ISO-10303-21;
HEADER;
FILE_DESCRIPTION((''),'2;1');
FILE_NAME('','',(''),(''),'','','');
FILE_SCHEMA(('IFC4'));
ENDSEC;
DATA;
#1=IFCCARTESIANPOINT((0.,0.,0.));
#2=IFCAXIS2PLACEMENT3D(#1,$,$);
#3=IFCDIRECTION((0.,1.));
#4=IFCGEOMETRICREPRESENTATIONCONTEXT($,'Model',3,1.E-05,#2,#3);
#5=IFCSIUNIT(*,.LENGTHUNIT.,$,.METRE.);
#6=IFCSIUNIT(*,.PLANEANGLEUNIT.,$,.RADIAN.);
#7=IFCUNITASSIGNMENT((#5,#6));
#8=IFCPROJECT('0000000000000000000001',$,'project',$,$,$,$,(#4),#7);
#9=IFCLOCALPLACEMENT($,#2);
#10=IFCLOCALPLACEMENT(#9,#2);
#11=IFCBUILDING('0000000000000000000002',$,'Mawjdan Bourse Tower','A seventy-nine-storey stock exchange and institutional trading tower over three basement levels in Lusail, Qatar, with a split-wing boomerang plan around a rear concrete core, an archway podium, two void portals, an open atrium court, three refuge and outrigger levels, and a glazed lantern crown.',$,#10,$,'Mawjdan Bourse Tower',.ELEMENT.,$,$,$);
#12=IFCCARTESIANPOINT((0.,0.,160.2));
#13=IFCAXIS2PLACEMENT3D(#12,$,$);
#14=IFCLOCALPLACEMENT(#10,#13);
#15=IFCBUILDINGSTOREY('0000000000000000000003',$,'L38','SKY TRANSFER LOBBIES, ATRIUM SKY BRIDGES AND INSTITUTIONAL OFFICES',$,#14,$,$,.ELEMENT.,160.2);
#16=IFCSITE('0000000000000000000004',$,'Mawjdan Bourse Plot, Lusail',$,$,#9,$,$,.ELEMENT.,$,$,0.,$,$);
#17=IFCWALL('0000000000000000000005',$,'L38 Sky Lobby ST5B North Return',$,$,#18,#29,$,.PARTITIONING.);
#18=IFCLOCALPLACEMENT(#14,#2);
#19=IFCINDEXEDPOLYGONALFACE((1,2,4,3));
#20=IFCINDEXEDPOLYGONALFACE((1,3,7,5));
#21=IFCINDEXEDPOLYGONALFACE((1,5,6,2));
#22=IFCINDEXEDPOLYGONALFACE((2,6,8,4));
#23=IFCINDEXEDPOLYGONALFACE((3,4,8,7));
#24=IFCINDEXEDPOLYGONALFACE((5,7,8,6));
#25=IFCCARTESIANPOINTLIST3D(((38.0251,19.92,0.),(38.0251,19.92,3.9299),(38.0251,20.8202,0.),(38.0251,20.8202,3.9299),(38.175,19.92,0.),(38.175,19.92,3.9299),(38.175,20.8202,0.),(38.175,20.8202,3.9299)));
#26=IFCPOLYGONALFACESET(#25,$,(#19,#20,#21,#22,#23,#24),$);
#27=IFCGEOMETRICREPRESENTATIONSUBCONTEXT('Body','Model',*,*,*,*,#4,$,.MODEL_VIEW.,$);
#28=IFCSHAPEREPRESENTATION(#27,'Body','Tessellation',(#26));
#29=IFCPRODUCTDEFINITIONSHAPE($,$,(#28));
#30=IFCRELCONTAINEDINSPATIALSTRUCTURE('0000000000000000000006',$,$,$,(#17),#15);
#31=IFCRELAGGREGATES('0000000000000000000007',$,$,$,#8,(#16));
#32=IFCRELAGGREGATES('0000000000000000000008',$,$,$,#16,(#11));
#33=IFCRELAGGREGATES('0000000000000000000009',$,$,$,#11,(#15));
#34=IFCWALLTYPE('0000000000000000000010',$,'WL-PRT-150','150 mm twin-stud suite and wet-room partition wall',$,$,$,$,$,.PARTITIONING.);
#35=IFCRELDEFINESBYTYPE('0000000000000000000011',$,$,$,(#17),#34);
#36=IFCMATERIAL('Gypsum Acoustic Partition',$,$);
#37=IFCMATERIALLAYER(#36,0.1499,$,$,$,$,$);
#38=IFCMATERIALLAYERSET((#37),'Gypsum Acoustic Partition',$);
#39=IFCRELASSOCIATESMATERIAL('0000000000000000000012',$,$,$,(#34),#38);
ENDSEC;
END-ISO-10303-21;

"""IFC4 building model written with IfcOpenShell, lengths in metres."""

from ifc_helpers import new_model, si_unit, direction, frame, frame_2d, origin, place, context, subcontext, project, spatial, rectangle, extrude, material, layer, layer_set, type_object, element, save


model = new_model("IFC4")

# Units and contexts
model_context = context("Model", 3, precision=1e-05, world=origin(), true_north=direction((0.0, 1.0)))
body_context = subcontext(model_context, "Body", "Model", "MODEL_VIEW")
ifc_project = project(units=[si_unit("LENGTHUNIT", "METRE"), si_unit("PLANEANGLEUNIT", "RADIAN")], contexts=[model_context])

# Site, building, storey
site_placement = place(None, origin())
site = spatial("IfcSite", under=ifc_project, at=site_placement, Name="Mawjdan Bourse Plot, Lusail", CompositionType="ELEMENT", RefElevation=0.0)
building_placement = place(site_placement, origin())
building = spatial("IfcBuilding", under=site, at=building_placement, Name="Mawjdan Bourse Tower", Description="A seventy-nine-storey stock exchange and institutional trading tower over three basement levels in Lusail, Qatar, with a split-wing boomerang plan around a rear concrete core, an archway podium, two void portals, an open atrium court, three refuge and outrigger levels, and a glazed lantern crown.", LongName="Mawjdan Bourse Tower", CompositionType="ELEMENT")
storey_placement = place(building_placement, frame((0.0, 0.0, 160.2)))
storey = spatial("IfcBuildingStorey", under=building, at=storey_placement, Name="L38", Description="SKY TRANSFER LOBBIES, ATRIUM SKY BRIDGES AND INSTITUTIONAL OFFICES", CompositionType="ELEMENT", Elevation=160.2)

# Wall
ifc_material_1 = material(Name="Gypsum Acoustic Partition")
ifc_layer_1 = layer(ifc_material_1, 0.1499)
ifc_layer_set_1 = layer_set([ifc_layer_1], Name="Gypsum Acoustic Partition")
wall_type_1 = type_object("IfcWallType", Name="WL-PRT-150", Description="150 mm twin-stud suite and wet-room partition wall", PredefinedType="PARTITIONING", material=ifc_layer_set_1)
wall_1_placement = place(storey_placement, frame((38.1001, 19.9199, 0.0), z_axis=(0.0, 0.0, 1.0), x_axis=(0.0, 1.0, 0.0)))
element("IfcWall", 1, at=wall_1_placement, inside=storey, type_object=wall_type_1, Name="L38 Sky Lobby ST5B North Return", PredefinedType="PARTITIONING", context=body_context, shape_type="SweptSolid", body=[
    extrude(rectangle(XDim=0.9001, YDim=0.1499, at=frame_2d((0.4502, 0.0))), origin(), (0.0, 0.0, 1.0), 3.9299),
])

save(model, "model.ifc")
